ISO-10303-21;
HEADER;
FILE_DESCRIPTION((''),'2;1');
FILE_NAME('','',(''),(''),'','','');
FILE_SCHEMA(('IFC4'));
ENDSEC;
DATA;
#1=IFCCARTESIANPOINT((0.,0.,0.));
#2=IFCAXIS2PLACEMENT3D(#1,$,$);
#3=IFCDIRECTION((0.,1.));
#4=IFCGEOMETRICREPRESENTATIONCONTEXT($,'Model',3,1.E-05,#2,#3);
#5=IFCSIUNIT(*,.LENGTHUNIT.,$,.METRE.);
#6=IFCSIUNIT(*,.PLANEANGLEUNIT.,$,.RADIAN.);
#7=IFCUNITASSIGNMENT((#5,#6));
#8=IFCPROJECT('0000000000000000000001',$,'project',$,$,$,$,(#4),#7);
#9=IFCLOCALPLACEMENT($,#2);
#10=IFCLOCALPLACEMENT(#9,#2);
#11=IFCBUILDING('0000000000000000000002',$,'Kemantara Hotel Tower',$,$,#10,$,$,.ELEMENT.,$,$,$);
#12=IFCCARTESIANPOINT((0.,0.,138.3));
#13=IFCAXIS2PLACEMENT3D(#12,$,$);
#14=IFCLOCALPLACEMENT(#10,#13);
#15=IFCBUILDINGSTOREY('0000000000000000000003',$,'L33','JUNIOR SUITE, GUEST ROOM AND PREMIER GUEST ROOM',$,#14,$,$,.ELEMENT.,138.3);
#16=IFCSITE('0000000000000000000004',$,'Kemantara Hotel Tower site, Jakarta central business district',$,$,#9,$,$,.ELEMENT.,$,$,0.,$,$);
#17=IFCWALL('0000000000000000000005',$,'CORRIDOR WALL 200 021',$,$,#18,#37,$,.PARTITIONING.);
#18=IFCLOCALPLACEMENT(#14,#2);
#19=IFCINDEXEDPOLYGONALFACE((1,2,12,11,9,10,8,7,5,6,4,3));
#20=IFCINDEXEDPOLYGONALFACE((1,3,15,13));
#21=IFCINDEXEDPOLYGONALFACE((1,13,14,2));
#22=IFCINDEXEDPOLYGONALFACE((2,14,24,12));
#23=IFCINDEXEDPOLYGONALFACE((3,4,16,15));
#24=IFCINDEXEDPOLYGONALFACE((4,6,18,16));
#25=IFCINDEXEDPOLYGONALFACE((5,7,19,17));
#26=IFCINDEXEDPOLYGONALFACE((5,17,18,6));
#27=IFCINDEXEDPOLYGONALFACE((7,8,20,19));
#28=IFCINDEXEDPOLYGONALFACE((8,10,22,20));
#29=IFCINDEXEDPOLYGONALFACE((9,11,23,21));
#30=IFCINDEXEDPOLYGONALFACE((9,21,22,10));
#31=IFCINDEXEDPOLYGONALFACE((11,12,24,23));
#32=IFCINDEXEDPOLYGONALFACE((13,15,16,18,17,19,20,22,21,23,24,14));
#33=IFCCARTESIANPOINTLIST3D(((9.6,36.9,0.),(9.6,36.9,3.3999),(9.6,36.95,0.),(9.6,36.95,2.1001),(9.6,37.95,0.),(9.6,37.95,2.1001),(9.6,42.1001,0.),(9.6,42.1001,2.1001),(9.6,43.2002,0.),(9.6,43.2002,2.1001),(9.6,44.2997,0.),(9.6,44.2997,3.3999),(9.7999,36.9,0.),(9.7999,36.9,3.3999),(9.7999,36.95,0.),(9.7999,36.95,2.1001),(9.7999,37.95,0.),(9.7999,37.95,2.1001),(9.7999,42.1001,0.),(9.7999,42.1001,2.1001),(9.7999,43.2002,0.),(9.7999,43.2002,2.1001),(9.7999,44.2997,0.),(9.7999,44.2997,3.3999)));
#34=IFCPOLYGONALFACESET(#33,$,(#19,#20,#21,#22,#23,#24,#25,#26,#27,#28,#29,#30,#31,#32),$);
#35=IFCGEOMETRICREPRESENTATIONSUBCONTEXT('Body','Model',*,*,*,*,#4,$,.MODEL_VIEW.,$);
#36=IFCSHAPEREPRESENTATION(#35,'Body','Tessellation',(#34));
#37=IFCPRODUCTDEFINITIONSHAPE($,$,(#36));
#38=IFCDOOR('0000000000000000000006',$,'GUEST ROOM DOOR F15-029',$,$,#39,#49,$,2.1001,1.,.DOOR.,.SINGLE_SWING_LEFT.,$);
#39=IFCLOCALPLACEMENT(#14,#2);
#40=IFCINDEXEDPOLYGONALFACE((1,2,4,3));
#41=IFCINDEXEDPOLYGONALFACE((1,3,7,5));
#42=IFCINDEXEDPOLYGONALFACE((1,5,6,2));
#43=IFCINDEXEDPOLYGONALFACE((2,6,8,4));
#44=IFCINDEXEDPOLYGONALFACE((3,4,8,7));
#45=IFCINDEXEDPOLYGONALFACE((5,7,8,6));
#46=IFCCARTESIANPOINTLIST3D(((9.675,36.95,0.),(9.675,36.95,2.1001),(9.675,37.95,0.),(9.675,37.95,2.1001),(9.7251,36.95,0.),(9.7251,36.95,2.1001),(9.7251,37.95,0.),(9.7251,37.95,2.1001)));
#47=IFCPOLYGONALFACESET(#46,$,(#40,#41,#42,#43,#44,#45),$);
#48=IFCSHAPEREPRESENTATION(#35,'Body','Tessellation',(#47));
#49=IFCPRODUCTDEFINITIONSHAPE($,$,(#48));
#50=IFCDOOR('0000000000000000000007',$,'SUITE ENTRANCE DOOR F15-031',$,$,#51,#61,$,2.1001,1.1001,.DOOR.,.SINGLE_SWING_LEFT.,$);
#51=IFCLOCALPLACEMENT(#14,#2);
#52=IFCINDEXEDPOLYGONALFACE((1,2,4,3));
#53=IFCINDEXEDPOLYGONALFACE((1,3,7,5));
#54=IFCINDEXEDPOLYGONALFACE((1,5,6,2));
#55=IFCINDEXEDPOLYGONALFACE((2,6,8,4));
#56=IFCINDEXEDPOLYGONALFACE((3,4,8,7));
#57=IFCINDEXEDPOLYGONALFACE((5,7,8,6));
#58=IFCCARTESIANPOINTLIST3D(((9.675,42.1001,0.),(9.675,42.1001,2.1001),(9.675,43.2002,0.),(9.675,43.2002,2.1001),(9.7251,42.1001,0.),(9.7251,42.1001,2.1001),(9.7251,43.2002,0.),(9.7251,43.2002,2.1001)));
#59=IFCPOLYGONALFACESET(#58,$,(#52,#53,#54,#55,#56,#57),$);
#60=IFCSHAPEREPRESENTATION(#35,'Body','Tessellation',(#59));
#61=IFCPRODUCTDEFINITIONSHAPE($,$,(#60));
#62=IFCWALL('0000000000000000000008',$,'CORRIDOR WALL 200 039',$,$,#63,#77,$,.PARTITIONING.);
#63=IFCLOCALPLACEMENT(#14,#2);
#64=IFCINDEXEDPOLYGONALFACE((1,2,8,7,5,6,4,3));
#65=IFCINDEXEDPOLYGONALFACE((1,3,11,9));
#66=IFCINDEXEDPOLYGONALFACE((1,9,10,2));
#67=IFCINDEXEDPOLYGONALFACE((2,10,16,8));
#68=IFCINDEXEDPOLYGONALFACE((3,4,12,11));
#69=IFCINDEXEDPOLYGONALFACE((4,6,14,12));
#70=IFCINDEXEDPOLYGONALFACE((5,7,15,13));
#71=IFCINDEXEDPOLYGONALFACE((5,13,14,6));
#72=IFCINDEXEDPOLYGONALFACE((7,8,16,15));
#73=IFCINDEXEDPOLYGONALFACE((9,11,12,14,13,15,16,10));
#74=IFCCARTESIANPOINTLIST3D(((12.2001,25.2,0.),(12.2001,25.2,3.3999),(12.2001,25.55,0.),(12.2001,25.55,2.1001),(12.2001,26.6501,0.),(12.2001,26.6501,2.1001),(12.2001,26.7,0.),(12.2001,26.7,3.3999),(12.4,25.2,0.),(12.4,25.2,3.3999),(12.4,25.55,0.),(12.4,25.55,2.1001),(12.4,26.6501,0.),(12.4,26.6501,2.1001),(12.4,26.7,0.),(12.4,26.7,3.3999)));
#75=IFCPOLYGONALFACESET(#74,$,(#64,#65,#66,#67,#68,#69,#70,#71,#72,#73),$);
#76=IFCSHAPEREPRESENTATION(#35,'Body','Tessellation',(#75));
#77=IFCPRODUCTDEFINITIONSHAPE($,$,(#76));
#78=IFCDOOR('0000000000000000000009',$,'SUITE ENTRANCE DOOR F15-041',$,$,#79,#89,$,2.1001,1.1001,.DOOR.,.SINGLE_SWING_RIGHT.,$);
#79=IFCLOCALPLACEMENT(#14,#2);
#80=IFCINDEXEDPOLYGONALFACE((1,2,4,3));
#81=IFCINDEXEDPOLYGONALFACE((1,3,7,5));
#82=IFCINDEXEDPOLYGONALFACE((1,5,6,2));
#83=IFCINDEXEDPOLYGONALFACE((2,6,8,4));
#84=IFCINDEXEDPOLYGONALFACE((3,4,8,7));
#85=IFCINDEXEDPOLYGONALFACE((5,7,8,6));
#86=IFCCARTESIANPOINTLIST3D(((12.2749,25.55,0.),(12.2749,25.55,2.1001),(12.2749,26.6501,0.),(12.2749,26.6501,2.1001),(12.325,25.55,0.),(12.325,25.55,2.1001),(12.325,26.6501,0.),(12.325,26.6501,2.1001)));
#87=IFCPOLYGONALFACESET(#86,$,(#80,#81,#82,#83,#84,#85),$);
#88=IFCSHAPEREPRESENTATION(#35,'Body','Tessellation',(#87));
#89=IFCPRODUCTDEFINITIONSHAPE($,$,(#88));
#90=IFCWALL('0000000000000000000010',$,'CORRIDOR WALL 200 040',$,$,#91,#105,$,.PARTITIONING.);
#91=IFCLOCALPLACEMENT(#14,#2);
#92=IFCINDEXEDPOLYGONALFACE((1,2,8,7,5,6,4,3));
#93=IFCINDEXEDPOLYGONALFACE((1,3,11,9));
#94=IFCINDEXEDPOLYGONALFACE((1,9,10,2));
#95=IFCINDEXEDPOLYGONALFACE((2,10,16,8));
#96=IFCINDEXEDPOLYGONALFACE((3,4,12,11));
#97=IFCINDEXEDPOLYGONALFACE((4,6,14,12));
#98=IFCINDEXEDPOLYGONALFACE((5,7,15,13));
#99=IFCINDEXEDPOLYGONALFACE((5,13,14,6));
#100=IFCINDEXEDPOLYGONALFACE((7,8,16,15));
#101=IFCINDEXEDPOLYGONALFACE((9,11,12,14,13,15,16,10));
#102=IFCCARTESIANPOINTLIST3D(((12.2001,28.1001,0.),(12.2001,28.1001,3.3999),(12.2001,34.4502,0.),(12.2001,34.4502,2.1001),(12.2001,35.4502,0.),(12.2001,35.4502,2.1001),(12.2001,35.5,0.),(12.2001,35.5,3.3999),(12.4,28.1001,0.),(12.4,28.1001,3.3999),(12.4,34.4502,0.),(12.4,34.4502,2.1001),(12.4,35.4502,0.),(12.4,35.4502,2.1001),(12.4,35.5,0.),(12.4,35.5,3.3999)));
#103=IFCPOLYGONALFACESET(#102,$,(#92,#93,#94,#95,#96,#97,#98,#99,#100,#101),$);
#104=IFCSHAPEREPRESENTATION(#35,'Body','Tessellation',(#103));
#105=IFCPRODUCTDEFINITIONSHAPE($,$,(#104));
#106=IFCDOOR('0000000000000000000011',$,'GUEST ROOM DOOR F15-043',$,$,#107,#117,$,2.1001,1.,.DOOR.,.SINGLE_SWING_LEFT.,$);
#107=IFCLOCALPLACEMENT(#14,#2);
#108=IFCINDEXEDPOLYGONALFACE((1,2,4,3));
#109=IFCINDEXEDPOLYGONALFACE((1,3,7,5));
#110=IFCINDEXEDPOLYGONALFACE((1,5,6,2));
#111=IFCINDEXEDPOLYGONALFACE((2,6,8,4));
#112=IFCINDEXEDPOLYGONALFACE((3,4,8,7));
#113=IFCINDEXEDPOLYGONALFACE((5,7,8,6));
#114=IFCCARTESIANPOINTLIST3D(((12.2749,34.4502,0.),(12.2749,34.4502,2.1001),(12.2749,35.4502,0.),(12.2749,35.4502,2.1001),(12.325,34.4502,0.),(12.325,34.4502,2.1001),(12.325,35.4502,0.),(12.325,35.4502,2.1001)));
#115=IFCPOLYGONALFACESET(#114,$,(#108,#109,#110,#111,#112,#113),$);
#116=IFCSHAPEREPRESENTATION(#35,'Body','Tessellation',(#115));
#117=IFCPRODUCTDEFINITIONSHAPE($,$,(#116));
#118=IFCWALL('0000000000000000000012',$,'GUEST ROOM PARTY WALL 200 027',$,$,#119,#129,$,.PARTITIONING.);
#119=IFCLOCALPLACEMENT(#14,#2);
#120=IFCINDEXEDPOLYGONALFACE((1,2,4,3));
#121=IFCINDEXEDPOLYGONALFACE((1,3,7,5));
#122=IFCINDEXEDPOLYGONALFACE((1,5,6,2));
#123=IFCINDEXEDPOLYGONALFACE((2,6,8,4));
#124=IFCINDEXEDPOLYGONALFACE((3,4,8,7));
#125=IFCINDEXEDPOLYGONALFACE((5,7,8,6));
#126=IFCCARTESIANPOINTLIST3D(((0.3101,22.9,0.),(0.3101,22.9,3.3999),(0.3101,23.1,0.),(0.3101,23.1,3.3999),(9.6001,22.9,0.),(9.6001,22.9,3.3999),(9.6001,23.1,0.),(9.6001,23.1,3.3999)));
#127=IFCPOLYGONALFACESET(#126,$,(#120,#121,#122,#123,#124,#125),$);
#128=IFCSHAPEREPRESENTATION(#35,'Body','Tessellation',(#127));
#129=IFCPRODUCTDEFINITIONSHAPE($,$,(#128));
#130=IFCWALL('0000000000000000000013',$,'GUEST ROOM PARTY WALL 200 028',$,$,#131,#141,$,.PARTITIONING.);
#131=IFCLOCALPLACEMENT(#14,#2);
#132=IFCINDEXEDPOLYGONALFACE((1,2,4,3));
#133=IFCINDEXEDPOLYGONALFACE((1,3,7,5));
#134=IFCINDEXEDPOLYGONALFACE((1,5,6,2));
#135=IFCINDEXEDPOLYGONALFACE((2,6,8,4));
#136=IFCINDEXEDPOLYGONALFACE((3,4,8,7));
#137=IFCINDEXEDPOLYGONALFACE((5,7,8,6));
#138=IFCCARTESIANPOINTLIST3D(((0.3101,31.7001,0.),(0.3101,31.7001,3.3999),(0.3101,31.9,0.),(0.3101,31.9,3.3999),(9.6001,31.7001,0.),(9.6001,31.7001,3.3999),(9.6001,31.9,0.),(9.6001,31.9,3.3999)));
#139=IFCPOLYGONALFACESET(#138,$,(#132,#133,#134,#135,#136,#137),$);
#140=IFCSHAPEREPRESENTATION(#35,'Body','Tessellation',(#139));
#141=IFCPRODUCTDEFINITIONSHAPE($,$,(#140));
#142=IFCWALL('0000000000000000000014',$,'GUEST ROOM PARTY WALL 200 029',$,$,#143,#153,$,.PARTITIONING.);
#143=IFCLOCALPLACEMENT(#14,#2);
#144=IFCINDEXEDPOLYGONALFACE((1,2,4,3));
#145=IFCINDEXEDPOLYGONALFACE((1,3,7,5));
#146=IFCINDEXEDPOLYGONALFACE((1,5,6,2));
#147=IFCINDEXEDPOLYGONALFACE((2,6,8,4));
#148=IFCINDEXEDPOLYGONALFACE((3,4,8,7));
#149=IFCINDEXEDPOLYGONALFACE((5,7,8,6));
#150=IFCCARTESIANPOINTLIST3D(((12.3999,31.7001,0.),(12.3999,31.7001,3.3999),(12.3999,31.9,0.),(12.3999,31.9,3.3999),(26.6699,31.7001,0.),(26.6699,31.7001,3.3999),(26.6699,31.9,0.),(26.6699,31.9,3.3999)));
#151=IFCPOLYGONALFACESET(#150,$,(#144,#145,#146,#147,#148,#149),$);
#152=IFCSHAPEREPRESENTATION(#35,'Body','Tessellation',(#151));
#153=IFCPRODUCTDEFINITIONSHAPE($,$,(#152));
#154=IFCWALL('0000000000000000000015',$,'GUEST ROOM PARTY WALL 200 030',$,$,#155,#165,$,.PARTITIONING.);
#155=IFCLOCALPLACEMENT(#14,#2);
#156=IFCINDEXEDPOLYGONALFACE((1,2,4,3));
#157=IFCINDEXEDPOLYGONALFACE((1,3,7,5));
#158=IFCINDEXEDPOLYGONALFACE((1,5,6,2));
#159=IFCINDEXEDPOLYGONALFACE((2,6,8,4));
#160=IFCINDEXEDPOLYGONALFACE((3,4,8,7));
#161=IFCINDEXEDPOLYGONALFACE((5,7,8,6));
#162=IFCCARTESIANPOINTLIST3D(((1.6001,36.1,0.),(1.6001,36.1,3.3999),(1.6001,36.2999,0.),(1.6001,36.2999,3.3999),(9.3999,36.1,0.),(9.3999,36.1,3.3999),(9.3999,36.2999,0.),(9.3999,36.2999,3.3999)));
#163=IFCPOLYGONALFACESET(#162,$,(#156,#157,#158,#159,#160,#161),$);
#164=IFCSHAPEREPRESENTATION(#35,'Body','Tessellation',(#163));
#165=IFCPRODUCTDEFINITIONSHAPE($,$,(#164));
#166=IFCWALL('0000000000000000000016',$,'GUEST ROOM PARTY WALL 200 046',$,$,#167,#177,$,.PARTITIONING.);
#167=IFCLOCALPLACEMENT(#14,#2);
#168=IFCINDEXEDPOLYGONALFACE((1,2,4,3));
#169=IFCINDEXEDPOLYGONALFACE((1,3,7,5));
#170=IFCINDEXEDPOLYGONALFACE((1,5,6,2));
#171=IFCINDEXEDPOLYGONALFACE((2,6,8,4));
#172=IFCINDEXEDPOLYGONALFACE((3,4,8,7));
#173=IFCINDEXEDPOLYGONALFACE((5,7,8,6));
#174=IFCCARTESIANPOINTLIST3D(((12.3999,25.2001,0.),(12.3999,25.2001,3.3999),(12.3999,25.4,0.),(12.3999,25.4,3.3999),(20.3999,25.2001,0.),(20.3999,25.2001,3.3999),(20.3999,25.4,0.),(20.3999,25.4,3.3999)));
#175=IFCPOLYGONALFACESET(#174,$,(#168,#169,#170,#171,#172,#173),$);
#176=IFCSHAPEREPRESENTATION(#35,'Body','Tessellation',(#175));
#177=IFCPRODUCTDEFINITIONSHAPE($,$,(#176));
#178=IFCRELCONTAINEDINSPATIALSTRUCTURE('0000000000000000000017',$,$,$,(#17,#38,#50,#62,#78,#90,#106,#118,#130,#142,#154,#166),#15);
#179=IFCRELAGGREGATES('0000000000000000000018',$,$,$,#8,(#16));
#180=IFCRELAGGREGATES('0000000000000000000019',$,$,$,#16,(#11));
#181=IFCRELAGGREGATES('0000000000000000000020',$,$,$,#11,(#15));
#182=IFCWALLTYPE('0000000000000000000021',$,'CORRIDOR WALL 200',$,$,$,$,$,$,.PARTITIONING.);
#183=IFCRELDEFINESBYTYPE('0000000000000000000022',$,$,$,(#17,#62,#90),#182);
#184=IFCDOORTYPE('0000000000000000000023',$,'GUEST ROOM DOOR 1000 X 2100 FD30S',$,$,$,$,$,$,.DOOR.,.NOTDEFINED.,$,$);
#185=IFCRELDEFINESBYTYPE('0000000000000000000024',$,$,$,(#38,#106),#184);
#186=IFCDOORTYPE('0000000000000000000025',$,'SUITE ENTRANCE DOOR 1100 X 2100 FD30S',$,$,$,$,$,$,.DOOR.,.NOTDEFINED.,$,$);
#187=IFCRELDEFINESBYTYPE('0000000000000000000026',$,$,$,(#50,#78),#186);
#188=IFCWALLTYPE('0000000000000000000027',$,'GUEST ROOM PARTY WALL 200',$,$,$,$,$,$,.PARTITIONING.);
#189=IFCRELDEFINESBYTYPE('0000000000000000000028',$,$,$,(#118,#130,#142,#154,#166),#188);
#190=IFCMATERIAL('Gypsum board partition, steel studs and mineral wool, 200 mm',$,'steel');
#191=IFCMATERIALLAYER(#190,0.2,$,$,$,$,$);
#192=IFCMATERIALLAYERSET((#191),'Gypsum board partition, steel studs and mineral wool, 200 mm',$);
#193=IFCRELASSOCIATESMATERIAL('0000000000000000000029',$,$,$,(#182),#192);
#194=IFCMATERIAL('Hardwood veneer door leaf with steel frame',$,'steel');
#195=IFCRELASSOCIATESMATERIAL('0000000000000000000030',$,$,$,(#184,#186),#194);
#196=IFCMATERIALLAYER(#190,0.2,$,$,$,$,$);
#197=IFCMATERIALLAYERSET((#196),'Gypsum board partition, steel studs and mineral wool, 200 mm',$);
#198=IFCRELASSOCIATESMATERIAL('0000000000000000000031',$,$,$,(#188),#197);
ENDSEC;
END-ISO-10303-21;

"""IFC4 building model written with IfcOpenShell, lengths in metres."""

from ifc_helpers import new_model, si_unit, direction, frame, frame_2d, origin, place, context, subcontext, project, spatial, rectangle, extrude, material, layer, layer_set, type_object, element, fill, save


model = new_model("IFC4")

# Units and contexts
model_context = context("Model", 3, precision=1e-05, world=origin(), true_north=direction((0.0, 1.0)))
body_context = subcontext(model_context, "Body", "Model", "MODEL_VIEW")
ifc_project = project(units=[si_unit("LENGTHUNIT", "METRE"), si_unit("PLANEANGLEUNIT", "RADIAN")], contexts=[model_context])

# Site, building, storey
site_placement = place(None, origin())
site = spatial("IfcSite", under=ifc_project, at=site_placement, Name="Kemantara Hotel Tower site, Jakarta central business district", CompositionType="ELEMENT", RefElevation=0.0)
building_placement = place(site_placement, origin())
building = spatial("IfcBuilding", under=site, at=building_placement, Name="Kemantara Hotel Tower", CompositionType="ELEMENT")
storey_placement = place(building_placement, frame((0.0, 0.0, 138.3)))
storey = spatial("IfcBuildingStorey", under=building, at=storey_placement, Name="L33", Description="JUNIOR SUITE, GUEST ROOM AND PREMIER GUEST ROOM", CompositionType="ELEMENT", Elevation=138.3)

# Wall, openings, doors
ifc_material_1 = material(Name="Gypsum board partition, steel studs and mineral wool, 200 mm", Category="steel")
ifc_layer_1 = layer(ifc_material_1, 0.2)
ifc_layer_set_1 = layer_set([ifc_layer_1], Name="Gypsum board partition, steel studs and mineral wool, 200 mm")
wall_type_1 = type_object("IfcWallType", Name="CORRIDOR WALL 200", PredefinedType="PARTITIONING", material=ifc_layer_set_1)
wall_1_placement = place(storey_placement, frame((9.7, 36.9001, 0.0), z_axis=(0.0, 0.0, 1.0), x_axis=(0.0, 1.0, 0.0)))
wall_1 = element("IfcWall", 1, at=wall_1_placement, inside=storey, type_object=wall_type_1, Name="CORRIDOR WALL 200 021", PredefinedType="PARTITIONING", context=body_context, shape_type="SweptSolid", body=[
    extrude(rectangle(XDim=7.3997, YDim=0.2, at=frame_2d((3.6997, 0.0))), origin(), (0.0, 0.0, 1.0), 3.3999),
])
opening_1_placement = place(wall_1_placement, frame((0.0498, 0.0, 0.0)))
opening_1 = element("IfcOpeningElement", 2, at=opening_1_placement, cuts=wall_1, PredefinedType="OPENING", context=body_context, shape_type="SweptSolid", body=[
    extrude(rectangle(XDim=1.0, YDim=2.1001, at=frame_2d((0.5, 1.05))), frame((0.0, 0.1099, 0.0), z_axis=(0.0, -1.0, 0.0), x_axis=(1.0, 0.0, 0.0)), (0.0, 0.0, 1.0), 0.22),
])
opening_2_placement = place(wall_1_placement, frame((5.2, 0.0, 0.0)))
opening_2 = element("IfcOpeningElement", 3, at=opening_2_placement, cuts=wall_1, PredefinedType="OPENING", context=body_context, shape_type="SweptSolid", body=[
    extrude(rectangle(XDim=1.1001, YDim=2.1001, at=frame_2d((0.55, 1.05))), frame((0.0, 0.1099, 0.0), z_axis=(0.0, -1.0, 0.0), x_axis=(1.0, 0.0, 0.0)), (0.0, 0.0, 1.0), 0.22),
])
ifc_material_2 = material(Name="Hardwood veneer door leaf with steel frame", Category="steel")
door_type_1 = type_object("IfcDoorType", Name="GUEST ROOM DOOR 1000 X 2100 FD30S", OperationType="NOTDEFINED", PredefinedType="DOOR", material=ifc_material_2)
door_1_placement = place(opening_1_placement, origin())
door_1 = element("IfcDoor", 4, at=door_1_placement, inside=storey, type_object=door_type_1, Name="GUEST ROOM DOOR F15-029", OperationType="SINGLE_SWING_LEFT", OverallHeight=2.1001, OverallWidth=1.0, PredefinedType="DOOR", context=body_context, shape_type="SweptSolid", body=[
    extrude(rectangle(XDim=1.0, YDim=2.1001, at=frame_2d((0.5, 1.05))), frame((0.0, 0.0249, 0.0), z_axis=(0.0, -1.0, 0.0), x_axis=(1.0, 0.0, 0.0)), (0.0, 0.0, 1.0), 0.05),
])
fill(opening_1, door_1)
door_type_2 = type_object("IfcDoorType", Name="SUITE ENTRANCE DOOR 1100 X 2100 FD30S", OperationType="NOTDEFINED", PredefinedType="DOOR", material=ifc_material_2)
door_2_placement = place(opening_2_placement, origin())
door_2 = element("IfcDoor", 5, at=door_2_placement, inside=storey, type_object=door_type_2, Name="SUITE ENTRANCE DOOR F15-031", OperationType="SINGLE_SWING_LEFT", OverallHeight=2.1001, OverallWidth=1.1001, PredefinedType="DOOR", context=body_context, shape_type="SweptSolid", body=[
    extrude(rectangle(XDim=1.1001, YDim=2.1001, at=frame_2d((0.55, 1.05))), frame((0.0, 0.0249, 0.0), z_axis=(0.0, -1.0, 0.0), x_axis=(1.0, 0.0, 0.0)), (0.0, 0.0, 1.0), 0.05),
])
fill(opening_2, door_2)

# Walls, openings, doors
wall_2_placement = place(storey_placement, frame((12.3, 26.7, 0.0), z_axis=(0.0, 0.0, 1.0), x_axis=(0.0, -1.0, 0.0)))
wall_2 = element("IfcWall", 6, at=wall_2_placement, inside=storey, type_object=wall_type_1, Name="CORRIDOR WALL 200 039", PredefinedType="PARTITIONING", context=body_context, shape_type="SweptSolid", body=[
    extrude(rectangle(XDim=1.5, YDim=0.2, at=frame_2d((0.75, 0.0))), origin(), (0.0, 0.0, 1.0), 3.3999),
])
opening_3_placement = place(wall_2_placement, frame((0.0498, 0.0, 0.0)))
opening_3 = element("IfcOpeningElement", 7, at=opening_3_placement, cuts=wall_2, PredefinedType="OPENING", context=body_context, shape_type="SweptSolid", body=[
    extrude(rectangle(XDim=1.1001, YDim=2.1001, at=frame_2d((0.55, 1.05))), frame((0.0, 0.1099, 0.0), z_axis=(0.0, -1.0, 0.0), x_axis=(1.0, 0.0, 0.0)), (0.0, 0.0, 1.0), 0.22),
])
door_3_placement = place(opening_3_placement, origin())
door_3 = element("IfcDoor", 8, at=door_3_placement, inside=storey, type_object=door_type_2, Name="SUITE ENTRANCE DOOR F15-041", OperationType="SINGLE_SWING_RIGHT", OverallHeight=2.1001, OverallWidth=1.1001, PredefinedType="DOOR", context=body_context, shape_type="SweptSolid", body=[
    extrude(rectangle(XDim=1.1001, YDim=2.1001, at=frame_2d((0.55, 1.05))), frame((0.0, 0.0249, 0.0), z_axis=(0.0, -1.0, 0.0), x_axis=(1.0, 0.0, 0.0)), (0.0, 0.0, 1.0), 0.05),
])
fill(opening_3, door_3)
wall_3_placement = place(storey_placement, frame((12.3, 35.5, 0.0), z_axis=(0.0, 0.0, 1.0), x_axis=(0.0, -1.0, 0.0)))
wall_3 = element("IfcWall", 9, at=wall_3_placement, inside=storey, type_object=wall_type_1, Name="CORRIDOR WALL 200 040", PredefinedType="PARTITIONING", context=body_context, shape_type="SweptSolid", body=[
    extrude(rectangle(XDim=7.3999, YDim=0.2, at=frame_2d((3.7, 0.0))), origin(), (0.0, 0.0, 1.0), 3.3999),
])
opening_4_placement = place(wall_3_placement, frame((0.0498, 0.0, 0.0)))
opening_4 = element("IfcOpeningElement", 10, at=opening_4_placement, cuts=wall_3, PredefinedType="OPENING", context=body_context, shape_type="SweptSolid", body=[
    extrude(rectangle(XDim=1.0, YDim=2.1001, at=frame_2d((0.5, 1.05))), frame((0.0, 0.1099, 0.0), z_axis=(0.0, -1.0, 0.0), x_axis=(1.0, 0.0, 0.0)), (0.0, 0.0, 1.0), 0.22),
])
door_4_placement = place(opening_4_placement, origin())
door_4 = element("IfcDoor", 11, at=door_4_placement, inside=storey, type_object=door_type_1, Name="GUEST ROOM DOOR F15-043", OperationType="SINGLE_SWING_LEFT", OverallHeight=2.1001, OverallWidth=1.0, PredefinedType="DOOR", context=body_context, shape_type="SweptSolid", body=[
    extrude(rectangle(XDim=1.0, YDim=2.1001, at=frame_2d((0.5, 1.05))), frame((0.0, 0.0249, 0.0), z_axis=(0.0, -1.0, 0.0), x_axis=(1.0, 0.0, 0.0)), (0.0, 0.0, 1.0), 0.05),
])
fill(opening_4, door_4)

# Walls
ifc_layer_2 = layer(ifc_material_1, 0.2)
ifc_layer_set_2 = layer_set([ifc_layer_2], Name="Gypsum board partition, steel studs and mineral wool, 200 mm")
wall_type_2 = type_object("IfcWallType", Name="GUEST ROOM PARTY WALL 200", PredefinedType="PARTITIONING", material=ifc_layer_set_2)
for number, where, z_axis, x_axis, name in (
    (12, (0.3101, 23.0, 0.0), (0.0, 0.0, 1.0), (1.0, 0.0, 0.0), "GUEST ROOM PARTY WALL 200 027"),
    (13, (0.3101, 31.8, 0.0), (0.0, 0.0, 1.0), (1.0, 0.0, 0.0), "GUEST ROOM PARTY WALL 200 028"),
):
    element("IfcWall", number, at=place(storey_placement, frame(where, z_axis=z_axis, x_axis=x_axis)), inside=storey, type_object=wall_type_2, Name=name, PredefinedType="PARTITIONING", context=body_context, shape_type="SweptSolid", body=[
        extrude(rectangle(XDim=9.29, YDim=0.2, at=frame_2d((4.645, 0.0))), origin(), (0.0, 0.0, 1.0), 3.3999),
    ])
wall_4_placement = place(storey_placement, frame((12.3999, 31.8, 0.0), z_axis=(0.0, 0.0, 1.0), x_axis=(1.0, 0.0, 0.0)))
element("IfcWall", 14, at=wall_4_placement, inside=storey, type_object=wall_type_2, Name="GUEST ROOM PARTY WALL 200 029", PredefinedType="PARTITIONING", context=body_context, shape_type="SweptSolid", body=[
    extrude(rectangle(XDim=14.27, YDim=0.2, at=frame_2d((7.135, 0.0))), origin(), (0.0, 0.0, 1.0), 3.3999),
])
wall_5_placement = place(storey_placement, frame((1.6001, 36.2, 0.0), z_axis=(0.0, 0.0, 1.0), x_axis=(1.0, 0.0, 0.0)))
element("IfcWall", 15, at=wall_5_placement, inside=storey, type_object=wall_type_2, Name="GUEST ROOM PARTY WALL 200 030", PredefinedType="PARTITIONING", context=body_context, shape_type="SweptSolid", body=[
    extrude(rectangle(XDim=7.7998, YDim=0.2, at=frame_2d((3.8999, 0.0))), origin(), (0.0, 0.0, 1.0), 3.3999),
])
wall_6_placement = place(storey_placement, frame((12.3999, 25.3, 0.0), z_axis=(0.0, 0.0, 1.0), x_axis=(1.0, 0.0, 0.0)))
element("IfcWall", 16, at=wall_6_placement, inside=storey, type_object=wall_type_2, Name="GUEST ROOM PARTY WALL 200 046", PredefinedType="PARTITIONING", context=body_context, shape_type="SweptSolid", body=[
    extrude(rectangle(XDim=8.0, YDim=0.2, at=frame_2d((4.0, 0.0))), origin(), (0.0, 0.0, 1.0), 3.3999),
])

save(model, "model.ifc")
